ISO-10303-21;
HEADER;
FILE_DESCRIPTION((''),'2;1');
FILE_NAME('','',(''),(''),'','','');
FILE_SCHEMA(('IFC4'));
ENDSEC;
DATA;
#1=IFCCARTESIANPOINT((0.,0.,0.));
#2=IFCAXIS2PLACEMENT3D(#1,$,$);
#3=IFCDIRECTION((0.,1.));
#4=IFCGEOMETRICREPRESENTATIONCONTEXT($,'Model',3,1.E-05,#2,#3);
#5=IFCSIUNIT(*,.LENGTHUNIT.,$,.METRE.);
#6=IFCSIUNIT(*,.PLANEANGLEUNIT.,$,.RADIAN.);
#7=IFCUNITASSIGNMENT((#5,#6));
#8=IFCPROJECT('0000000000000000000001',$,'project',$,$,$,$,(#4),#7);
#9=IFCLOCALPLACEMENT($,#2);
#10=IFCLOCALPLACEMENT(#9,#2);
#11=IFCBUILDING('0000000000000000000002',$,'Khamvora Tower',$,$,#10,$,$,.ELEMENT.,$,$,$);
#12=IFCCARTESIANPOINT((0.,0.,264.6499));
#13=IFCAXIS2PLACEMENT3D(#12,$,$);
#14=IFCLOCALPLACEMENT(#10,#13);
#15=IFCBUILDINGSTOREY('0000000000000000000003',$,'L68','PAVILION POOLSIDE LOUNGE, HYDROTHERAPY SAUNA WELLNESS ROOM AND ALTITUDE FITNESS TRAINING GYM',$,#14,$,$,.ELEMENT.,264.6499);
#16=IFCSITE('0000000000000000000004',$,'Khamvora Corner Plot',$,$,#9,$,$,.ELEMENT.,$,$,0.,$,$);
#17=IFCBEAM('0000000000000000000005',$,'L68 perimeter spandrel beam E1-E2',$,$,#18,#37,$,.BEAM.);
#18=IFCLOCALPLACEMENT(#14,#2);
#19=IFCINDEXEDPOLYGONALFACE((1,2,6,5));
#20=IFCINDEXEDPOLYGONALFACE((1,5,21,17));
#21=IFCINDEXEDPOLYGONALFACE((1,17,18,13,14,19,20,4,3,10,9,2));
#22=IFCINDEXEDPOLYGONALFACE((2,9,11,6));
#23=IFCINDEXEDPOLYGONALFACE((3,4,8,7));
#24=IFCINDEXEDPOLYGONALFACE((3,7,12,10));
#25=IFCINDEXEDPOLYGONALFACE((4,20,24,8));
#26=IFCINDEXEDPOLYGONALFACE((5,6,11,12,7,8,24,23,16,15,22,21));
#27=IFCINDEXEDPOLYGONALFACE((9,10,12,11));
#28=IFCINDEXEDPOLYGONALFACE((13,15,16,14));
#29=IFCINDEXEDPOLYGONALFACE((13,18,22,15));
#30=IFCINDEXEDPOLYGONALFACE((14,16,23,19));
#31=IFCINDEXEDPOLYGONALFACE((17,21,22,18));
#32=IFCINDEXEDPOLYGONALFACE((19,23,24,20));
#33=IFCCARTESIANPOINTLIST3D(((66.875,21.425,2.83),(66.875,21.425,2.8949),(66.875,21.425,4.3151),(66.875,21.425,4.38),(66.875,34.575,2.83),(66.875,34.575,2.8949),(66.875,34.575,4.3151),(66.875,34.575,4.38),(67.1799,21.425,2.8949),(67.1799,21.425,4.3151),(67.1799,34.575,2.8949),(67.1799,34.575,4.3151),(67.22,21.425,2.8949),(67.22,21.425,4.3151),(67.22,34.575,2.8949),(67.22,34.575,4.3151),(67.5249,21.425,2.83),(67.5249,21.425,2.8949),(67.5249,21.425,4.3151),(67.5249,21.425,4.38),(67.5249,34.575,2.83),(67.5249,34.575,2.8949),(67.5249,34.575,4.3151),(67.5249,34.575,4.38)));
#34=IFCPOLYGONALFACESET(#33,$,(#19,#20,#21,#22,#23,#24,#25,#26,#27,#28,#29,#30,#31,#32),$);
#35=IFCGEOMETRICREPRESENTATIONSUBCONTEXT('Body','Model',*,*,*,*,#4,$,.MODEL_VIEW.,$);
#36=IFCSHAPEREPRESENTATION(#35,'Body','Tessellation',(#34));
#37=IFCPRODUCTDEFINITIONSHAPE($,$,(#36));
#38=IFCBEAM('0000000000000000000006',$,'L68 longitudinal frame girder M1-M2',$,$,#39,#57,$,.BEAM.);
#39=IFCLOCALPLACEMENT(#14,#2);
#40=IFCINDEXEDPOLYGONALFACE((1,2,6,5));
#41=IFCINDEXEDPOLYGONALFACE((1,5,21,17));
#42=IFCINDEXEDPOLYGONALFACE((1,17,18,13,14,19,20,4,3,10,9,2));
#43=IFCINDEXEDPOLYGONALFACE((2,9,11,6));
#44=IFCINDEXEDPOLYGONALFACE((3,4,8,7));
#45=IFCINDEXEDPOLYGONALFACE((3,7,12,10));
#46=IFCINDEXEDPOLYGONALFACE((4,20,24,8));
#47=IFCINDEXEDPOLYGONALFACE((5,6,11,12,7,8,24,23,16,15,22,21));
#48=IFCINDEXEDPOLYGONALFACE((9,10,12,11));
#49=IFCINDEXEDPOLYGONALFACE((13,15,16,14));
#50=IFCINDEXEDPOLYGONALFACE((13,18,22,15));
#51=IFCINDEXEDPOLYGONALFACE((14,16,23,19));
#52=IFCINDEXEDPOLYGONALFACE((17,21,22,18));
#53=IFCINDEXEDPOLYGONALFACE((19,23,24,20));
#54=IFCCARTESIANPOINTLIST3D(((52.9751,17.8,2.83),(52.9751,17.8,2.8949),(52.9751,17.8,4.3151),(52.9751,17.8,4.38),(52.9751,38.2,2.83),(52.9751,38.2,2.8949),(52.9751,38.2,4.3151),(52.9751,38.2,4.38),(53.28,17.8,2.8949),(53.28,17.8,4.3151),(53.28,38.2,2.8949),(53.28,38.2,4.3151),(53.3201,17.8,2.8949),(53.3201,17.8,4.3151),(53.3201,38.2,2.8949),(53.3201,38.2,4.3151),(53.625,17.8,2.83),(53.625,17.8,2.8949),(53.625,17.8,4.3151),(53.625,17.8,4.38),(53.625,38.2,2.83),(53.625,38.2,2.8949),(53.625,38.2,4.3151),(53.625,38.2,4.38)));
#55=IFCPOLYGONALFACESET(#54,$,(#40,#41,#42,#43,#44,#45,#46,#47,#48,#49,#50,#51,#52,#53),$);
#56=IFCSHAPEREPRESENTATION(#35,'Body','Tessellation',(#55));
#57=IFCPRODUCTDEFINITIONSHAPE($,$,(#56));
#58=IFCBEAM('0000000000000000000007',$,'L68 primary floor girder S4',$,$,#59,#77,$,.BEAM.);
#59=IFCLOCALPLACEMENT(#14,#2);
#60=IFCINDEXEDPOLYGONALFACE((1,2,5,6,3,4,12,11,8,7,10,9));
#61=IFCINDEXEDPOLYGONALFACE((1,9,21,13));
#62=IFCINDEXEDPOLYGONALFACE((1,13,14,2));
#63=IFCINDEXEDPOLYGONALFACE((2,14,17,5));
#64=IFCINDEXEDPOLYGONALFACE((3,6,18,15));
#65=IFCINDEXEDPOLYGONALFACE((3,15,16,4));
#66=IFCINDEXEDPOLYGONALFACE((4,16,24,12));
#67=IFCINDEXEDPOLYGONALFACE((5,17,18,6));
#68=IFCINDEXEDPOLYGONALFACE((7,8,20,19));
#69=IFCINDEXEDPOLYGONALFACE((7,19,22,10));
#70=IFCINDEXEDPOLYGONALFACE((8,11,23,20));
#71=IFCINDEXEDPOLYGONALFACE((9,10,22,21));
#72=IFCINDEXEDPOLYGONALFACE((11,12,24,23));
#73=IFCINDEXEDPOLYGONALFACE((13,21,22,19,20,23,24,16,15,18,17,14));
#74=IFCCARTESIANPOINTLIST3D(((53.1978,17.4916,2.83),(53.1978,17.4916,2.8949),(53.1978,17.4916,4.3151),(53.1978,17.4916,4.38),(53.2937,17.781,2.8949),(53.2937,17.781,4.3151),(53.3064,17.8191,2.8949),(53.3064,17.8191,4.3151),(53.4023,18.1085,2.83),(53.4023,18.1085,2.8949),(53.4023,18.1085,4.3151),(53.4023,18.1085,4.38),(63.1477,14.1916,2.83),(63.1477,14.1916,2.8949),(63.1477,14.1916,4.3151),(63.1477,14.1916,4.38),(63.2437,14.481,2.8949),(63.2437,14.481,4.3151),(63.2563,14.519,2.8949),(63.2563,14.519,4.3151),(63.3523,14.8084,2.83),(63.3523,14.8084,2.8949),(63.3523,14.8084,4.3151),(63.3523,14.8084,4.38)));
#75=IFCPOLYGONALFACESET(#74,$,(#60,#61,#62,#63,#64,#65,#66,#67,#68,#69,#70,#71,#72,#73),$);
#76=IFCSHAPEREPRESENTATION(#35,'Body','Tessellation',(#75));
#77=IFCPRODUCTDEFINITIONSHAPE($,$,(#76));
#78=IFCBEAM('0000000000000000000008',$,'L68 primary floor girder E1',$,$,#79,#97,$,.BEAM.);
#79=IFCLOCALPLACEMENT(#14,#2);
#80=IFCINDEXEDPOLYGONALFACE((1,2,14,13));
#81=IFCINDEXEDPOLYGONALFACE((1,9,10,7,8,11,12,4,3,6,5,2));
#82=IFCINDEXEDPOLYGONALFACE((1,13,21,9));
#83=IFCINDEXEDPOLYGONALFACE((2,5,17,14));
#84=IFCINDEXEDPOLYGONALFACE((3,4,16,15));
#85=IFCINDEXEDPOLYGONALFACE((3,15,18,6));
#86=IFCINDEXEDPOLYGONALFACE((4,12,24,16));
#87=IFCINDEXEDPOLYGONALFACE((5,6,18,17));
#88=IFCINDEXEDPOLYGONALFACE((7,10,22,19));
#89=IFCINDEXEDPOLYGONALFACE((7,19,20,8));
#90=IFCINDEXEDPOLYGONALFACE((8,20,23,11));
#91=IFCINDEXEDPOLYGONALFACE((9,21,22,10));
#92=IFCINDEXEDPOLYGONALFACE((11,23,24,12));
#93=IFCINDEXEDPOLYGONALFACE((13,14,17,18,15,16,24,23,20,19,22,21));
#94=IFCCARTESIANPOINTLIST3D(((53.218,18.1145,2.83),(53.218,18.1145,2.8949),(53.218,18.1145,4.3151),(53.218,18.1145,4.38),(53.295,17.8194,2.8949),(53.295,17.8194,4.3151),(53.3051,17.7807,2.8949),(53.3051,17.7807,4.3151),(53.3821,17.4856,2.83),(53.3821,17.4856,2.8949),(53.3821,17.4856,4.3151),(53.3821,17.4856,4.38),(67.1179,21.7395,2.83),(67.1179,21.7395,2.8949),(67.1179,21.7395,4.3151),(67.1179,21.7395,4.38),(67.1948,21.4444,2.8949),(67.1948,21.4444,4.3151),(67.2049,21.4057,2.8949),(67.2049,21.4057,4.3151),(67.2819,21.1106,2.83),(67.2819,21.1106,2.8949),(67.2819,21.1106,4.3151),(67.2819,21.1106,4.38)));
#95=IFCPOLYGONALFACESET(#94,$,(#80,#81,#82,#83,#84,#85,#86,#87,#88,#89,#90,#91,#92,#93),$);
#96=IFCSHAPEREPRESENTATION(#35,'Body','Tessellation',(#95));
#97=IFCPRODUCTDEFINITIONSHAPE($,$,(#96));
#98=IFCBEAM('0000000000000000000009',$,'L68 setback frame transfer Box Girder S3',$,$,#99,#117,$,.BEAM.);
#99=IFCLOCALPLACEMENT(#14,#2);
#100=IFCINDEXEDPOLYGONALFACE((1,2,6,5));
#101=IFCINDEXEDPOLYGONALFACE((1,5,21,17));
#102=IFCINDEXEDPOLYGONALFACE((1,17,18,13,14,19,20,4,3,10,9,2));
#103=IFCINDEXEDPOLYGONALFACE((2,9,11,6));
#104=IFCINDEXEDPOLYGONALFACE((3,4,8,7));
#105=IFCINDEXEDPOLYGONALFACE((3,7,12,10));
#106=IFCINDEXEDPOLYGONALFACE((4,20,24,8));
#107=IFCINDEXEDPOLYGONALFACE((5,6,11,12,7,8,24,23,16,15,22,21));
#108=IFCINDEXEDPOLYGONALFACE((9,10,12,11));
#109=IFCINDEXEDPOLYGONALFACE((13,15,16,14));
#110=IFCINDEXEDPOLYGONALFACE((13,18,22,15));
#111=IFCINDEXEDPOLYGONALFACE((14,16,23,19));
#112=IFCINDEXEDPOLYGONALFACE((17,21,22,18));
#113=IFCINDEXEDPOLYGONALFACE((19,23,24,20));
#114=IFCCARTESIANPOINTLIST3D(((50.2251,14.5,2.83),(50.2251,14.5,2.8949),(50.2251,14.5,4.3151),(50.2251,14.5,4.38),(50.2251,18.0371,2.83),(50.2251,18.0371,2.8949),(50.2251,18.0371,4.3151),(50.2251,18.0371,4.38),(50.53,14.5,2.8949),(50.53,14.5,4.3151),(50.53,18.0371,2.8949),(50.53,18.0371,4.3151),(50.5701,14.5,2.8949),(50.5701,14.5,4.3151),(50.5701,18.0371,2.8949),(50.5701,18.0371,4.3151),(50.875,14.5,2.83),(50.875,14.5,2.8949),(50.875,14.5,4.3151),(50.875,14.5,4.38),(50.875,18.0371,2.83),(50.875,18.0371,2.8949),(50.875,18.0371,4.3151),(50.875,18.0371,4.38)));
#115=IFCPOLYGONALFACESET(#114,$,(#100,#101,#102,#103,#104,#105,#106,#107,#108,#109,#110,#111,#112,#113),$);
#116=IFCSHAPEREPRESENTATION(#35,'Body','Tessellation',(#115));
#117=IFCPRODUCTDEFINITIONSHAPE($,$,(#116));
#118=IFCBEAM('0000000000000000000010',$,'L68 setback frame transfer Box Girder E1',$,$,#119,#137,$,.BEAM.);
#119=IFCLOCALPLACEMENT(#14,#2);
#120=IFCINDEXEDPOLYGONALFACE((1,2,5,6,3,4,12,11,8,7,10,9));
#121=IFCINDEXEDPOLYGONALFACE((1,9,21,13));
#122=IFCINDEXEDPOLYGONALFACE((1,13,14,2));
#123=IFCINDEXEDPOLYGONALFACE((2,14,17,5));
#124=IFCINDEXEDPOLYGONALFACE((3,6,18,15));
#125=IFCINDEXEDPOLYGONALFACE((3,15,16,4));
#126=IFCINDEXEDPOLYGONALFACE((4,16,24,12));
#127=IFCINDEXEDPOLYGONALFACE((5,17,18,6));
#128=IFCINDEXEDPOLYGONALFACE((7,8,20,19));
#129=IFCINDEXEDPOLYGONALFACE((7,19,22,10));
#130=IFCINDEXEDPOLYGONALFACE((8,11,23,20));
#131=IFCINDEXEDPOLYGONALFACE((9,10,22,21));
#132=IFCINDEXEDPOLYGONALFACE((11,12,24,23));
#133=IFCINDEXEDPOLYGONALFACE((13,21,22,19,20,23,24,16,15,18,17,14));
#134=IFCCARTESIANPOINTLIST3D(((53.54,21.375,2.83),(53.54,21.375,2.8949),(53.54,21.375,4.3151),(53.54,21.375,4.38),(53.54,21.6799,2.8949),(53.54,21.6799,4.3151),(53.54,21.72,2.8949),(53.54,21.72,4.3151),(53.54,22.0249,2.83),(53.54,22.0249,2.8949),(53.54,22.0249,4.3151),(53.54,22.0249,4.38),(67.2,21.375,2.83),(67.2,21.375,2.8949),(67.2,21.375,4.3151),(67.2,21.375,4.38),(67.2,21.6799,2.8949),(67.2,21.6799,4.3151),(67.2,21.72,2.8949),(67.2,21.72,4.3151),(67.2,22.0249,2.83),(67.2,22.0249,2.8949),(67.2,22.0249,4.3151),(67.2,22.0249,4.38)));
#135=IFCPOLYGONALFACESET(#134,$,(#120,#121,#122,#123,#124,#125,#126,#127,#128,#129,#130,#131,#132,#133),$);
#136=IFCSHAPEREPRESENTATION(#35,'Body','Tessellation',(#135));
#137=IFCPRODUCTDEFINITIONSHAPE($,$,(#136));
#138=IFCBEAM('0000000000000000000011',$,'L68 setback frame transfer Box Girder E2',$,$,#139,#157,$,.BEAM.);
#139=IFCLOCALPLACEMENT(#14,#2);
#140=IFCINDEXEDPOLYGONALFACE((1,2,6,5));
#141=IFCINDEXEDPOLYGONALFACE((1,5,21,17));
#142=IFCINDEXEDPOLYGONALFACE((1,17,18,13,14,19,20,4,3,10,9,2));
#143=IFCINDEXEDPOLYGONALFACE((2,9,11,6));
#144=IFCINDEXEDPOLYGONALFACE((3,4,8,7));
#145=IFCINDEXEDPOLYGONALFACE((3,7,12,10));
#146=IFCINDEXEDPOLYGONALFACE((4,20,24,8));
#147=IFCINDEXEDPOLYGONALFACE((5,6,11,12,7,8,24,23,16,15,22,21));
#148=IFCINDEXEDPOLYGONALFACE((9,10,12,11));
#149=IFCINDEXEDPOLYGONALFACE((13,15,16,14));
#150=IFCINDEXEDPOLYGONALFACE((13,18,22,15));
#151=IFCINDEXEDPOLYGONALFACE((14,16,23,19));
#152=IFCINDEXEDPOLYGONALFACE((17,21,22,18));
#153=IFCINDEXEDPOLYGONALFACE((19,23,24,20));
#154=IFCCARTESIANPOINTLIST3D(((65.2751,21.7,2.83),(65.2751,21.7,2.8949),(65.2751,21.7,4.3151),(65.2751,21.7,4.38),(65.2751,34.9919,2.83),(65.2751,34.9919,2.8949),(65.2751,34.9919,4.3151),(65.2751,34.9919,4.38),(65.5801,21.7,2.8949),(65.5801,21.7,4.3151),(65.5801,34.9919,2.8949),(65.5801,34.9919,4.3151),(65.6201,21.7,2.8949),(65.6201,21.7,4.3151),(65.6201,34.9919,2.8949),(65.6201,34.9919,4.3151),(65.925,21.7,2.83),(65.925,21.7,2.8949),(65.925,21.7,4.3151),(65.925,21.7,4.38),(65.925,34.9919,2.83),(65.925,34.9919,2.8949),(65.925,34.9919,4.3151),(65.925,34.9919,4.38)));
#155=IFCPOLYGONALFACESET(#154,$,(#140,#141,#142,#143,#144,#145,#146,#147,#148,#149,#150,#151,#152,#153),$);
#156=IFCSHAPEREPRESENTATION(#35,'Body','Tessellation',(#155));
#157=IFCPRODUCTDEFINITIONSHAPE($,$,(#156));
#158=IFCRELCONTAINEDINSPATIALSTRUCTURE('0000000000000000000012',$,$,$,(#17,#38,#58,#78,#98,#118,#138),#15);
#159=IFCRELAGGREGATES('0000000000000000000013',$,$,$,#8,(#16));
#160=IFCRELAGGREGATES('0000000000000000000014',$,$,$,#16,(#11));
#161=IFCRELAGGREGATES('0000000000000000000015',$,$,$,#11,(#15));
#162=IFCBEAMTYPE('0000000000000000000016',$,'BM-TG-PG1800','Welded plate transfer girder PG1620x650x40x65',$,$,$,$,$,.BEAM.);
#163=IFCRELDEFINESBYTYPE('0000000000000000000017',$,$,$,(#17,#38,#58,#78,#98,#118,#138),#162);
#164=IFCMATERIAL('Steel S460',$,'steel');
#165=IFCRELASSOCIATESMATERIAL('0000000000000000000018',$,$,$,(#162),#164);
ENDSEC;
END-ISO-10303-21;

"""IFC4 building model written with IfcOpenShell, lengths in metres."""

from ifc_helpers import new_model, si_unit, direction, frame, origin, origin_2d, place, context, subcontext, project, spatial, i_section, extrude, material, material_profile, profile_set, type_object, element, save


model = new_model("IFC4")

# Units and contexts
model_context = context("Model", 3, precision=1e-05, world=origin(), true_north=direction((0.0, 1.0)))
body_context = subcontext(model_context, "Body", "Model", "MODEL_VIEW")
ifc_project = project(units=[si_unit("LENGTHUNIT", "METRE"), si_unit("PLANEANGLEUNIT", "RADIAN")], contexts=[model_context])

# Site, building, storey
site_placement = place(None, origin())
site = spatial("IfcSite", under=ifc_project, at=site_placement, Name="Khamvora Corner Plot", CompositionType="ELEMENT", RefElevation=0.0)
building_placement = place(site_placement, origin())
building = spatial("IfcBuilding", under=site, at=building_placement, Name="Khamvora Tower", CompositionType="ELEMENT")
storey_placement = place(building_placement, frame((0.0, 0.0, 264.6499)))
storey = spatial("IfcBuildingStorey", under=building, at=storey_placement, Name="L68", Description="PAVILION POOLSIDE LOUNGE, HYDROTHERAPY SAUNA WELLNESS ROOM AND ALTITUDE FITNESS TRAINING GYM", CompositionType="ELEMENT", Elevation=264.6499)

# Beams
ifc_material_1 = material(Name="Steel S460", Category="steel")
ifc_material_profile_1 = material_profile(ifc_material_1, i_section(OverallWidth=0.6499, OverallDepth=1.55, WebThickness=0.04, FlangeThickness=0.0649, at=origin_2d()), Name="PG1550x650x40x65")
ifc_profile_set_1 = profile_set([ifc_material_profile_1], Name="Steel S460")
beam_type_1 = type_object("IfcBeamType", Name="BM-TG-PG1800", Description="Welded plate transfer girder PG1620x650x40x65", PredefinedType="BEAM", material=ifc_profile_set_1)
beam_1_placement = place(storey_placement, frame((67.2, 21.425, 3.605), z_axis=(0.0, 1.0, 0.0), x_axis=(-1.0, 0.0, 0.0)))
element("IfcBeam", 1, at=beam_1_placement, inside=storey, type_object=beam_type_1, Name="L68 perimeter spandrel beam E1-E2", PredefinedType="BEAM", context=body_context, shape_type="SweptSolid", body=[
    extrude(i_section(OverallWidth=0.6499, OverallDepth=1.55, WebThickness=0.04, FlangeThickness=0.0649, at=origin_2d()), origin(), (0.0, 0.0, 1.0), 13.1499),
])
beam_2_placement = place(storey_placement, frame((53.3, 17.8, 3.605), z_axis=(0.0, 1.0, 0.0), x_axis=(-1.0, 0.0, 0.0)))
element("IfcBeam", 2, at=beam_2_placement, inside=storey, type_object=beam_type_1, Name="L68 longitudinal frame girder M1-M2", PredefinedType="BEAM", context=body_context, shape_type="SweptSolid", body=[
    extrude(i_section(OverallWidth=0.6499, OverallDepth=1.55, WebThickness=0.04, FlangeThickness=0.0649, at=origin_2d()), origin(), (0.0, 0.0, 1.0), 20.3999),
])
beam_3_placement = place(storey_placement, frame((53.3, 17.8, 3.605), z_axis=(0.949157, -0.314802, 0.0), x_axis=(0.314802, 0.949157, 0.0)))
element("IfcBeam", 3, at=beam_3_placement, inside=storey, type_object=beam_type_1, Name="L68 primary floor girder S4", PredefinedType="BEAM", context=body_context, shape_type="SweptSolid", body=[
    extrude(i_section(OverallWidth=0.6499, OverallDepth=1.55, WebThickness=0.04, FlangeThickness=0.0649, at=origin_2d()), origin(), (0.0, 0.0, 1.0), 10.4829),
])
beam_4_placement = place(storey_placement, frame((53.3, 17.8, 3.605), z_axis=(0.967635, 0.252353, 0.0), x_axis=(-0.252353, 0.967635, 0.0)))
element("IfcBeam", 4, at=beam_4_placement, inside=storey, type_object=beam_type_1, Name="L68 primary floor girder E1", PredefinedType="BEAM", context=body_context, shape_type="SweptSolid", body=[
    extrude(i_section(OverallWidth=0.6499, OverallDepth=1.55, WebThickness=0.04, FlangeThickness=0.0649, at=origin_2d()), origin(), (0.0, 0.0, 1.0), 14.3647),
])
beam_5_placement = place(storey_placement, frame((50.55, 14.5, 3.605), z_axis=(0.0, 1.0, 0.0), x_axis=(-1.0, 0.0, 0.0)))
element("IfcBeam", 5, at=beam_5_placement, inside=storey, type_object=beam_type_1, Name="L68 setback frame transfer Box Girder S3", PredefinedType="BEAM", context=body_context, shape_type="SweptSolid", body=[
    extrude(i_section(OverallWidth=0.6499, OverallDepth=1.55, WebThickness=0.04, FlangeThickness=0.0649, at=origin_2d()), origin(), (0.0, 0.0, 1.0), 3.5371),
])
beam_6_placement = place(storey_placement, frame((53.54, 21.7, 3.605), z_axis=(1.0, 0.0, 0.0), x_axis=(0.0, 1.0, 0.0)))
element("IfcBeam", 6, at=beam_6_placement, inside=storey, type_object=beam_type_1, Name="L68 setback frame transfer Box Girder E1", PredefinedType="BEAM", context=body_context, shape_type="SweptSolid", body=[
    extrude(i_section(OverallWidth=0.6499, OverallDepth=1.55, WebThickness=0.04, FlangeThickness=0.0649, at=origin_2d()), origin(), (0.0, 0.0, 1.0), 13.6599),
])
beam_7_placement = place(storey_placement, frame((65.6001, 21.7, 3.605), z_axis=(0.0, 1.0, 0.0), x_axis=(-1.0, 0.0, 0.0)))
element("IfcBeam", 7, at=beam_7_placement, inside=storey, type_object=beam_type_1, Name="L68 setback frame transfer Box Girder E2", PredefinedType="BEAM", context=body_context, shape_type="SweptSolid", body=[
    extrude(i_section(OverallWidth=0.6499, OverallDepth=1.55, WebThickness=0.04, FlangeThickness=0.0649, at=origin_2d()), origin(), (0.0, 0.0, 1.0), 13.292),
])

save(model, "model.ifc")
